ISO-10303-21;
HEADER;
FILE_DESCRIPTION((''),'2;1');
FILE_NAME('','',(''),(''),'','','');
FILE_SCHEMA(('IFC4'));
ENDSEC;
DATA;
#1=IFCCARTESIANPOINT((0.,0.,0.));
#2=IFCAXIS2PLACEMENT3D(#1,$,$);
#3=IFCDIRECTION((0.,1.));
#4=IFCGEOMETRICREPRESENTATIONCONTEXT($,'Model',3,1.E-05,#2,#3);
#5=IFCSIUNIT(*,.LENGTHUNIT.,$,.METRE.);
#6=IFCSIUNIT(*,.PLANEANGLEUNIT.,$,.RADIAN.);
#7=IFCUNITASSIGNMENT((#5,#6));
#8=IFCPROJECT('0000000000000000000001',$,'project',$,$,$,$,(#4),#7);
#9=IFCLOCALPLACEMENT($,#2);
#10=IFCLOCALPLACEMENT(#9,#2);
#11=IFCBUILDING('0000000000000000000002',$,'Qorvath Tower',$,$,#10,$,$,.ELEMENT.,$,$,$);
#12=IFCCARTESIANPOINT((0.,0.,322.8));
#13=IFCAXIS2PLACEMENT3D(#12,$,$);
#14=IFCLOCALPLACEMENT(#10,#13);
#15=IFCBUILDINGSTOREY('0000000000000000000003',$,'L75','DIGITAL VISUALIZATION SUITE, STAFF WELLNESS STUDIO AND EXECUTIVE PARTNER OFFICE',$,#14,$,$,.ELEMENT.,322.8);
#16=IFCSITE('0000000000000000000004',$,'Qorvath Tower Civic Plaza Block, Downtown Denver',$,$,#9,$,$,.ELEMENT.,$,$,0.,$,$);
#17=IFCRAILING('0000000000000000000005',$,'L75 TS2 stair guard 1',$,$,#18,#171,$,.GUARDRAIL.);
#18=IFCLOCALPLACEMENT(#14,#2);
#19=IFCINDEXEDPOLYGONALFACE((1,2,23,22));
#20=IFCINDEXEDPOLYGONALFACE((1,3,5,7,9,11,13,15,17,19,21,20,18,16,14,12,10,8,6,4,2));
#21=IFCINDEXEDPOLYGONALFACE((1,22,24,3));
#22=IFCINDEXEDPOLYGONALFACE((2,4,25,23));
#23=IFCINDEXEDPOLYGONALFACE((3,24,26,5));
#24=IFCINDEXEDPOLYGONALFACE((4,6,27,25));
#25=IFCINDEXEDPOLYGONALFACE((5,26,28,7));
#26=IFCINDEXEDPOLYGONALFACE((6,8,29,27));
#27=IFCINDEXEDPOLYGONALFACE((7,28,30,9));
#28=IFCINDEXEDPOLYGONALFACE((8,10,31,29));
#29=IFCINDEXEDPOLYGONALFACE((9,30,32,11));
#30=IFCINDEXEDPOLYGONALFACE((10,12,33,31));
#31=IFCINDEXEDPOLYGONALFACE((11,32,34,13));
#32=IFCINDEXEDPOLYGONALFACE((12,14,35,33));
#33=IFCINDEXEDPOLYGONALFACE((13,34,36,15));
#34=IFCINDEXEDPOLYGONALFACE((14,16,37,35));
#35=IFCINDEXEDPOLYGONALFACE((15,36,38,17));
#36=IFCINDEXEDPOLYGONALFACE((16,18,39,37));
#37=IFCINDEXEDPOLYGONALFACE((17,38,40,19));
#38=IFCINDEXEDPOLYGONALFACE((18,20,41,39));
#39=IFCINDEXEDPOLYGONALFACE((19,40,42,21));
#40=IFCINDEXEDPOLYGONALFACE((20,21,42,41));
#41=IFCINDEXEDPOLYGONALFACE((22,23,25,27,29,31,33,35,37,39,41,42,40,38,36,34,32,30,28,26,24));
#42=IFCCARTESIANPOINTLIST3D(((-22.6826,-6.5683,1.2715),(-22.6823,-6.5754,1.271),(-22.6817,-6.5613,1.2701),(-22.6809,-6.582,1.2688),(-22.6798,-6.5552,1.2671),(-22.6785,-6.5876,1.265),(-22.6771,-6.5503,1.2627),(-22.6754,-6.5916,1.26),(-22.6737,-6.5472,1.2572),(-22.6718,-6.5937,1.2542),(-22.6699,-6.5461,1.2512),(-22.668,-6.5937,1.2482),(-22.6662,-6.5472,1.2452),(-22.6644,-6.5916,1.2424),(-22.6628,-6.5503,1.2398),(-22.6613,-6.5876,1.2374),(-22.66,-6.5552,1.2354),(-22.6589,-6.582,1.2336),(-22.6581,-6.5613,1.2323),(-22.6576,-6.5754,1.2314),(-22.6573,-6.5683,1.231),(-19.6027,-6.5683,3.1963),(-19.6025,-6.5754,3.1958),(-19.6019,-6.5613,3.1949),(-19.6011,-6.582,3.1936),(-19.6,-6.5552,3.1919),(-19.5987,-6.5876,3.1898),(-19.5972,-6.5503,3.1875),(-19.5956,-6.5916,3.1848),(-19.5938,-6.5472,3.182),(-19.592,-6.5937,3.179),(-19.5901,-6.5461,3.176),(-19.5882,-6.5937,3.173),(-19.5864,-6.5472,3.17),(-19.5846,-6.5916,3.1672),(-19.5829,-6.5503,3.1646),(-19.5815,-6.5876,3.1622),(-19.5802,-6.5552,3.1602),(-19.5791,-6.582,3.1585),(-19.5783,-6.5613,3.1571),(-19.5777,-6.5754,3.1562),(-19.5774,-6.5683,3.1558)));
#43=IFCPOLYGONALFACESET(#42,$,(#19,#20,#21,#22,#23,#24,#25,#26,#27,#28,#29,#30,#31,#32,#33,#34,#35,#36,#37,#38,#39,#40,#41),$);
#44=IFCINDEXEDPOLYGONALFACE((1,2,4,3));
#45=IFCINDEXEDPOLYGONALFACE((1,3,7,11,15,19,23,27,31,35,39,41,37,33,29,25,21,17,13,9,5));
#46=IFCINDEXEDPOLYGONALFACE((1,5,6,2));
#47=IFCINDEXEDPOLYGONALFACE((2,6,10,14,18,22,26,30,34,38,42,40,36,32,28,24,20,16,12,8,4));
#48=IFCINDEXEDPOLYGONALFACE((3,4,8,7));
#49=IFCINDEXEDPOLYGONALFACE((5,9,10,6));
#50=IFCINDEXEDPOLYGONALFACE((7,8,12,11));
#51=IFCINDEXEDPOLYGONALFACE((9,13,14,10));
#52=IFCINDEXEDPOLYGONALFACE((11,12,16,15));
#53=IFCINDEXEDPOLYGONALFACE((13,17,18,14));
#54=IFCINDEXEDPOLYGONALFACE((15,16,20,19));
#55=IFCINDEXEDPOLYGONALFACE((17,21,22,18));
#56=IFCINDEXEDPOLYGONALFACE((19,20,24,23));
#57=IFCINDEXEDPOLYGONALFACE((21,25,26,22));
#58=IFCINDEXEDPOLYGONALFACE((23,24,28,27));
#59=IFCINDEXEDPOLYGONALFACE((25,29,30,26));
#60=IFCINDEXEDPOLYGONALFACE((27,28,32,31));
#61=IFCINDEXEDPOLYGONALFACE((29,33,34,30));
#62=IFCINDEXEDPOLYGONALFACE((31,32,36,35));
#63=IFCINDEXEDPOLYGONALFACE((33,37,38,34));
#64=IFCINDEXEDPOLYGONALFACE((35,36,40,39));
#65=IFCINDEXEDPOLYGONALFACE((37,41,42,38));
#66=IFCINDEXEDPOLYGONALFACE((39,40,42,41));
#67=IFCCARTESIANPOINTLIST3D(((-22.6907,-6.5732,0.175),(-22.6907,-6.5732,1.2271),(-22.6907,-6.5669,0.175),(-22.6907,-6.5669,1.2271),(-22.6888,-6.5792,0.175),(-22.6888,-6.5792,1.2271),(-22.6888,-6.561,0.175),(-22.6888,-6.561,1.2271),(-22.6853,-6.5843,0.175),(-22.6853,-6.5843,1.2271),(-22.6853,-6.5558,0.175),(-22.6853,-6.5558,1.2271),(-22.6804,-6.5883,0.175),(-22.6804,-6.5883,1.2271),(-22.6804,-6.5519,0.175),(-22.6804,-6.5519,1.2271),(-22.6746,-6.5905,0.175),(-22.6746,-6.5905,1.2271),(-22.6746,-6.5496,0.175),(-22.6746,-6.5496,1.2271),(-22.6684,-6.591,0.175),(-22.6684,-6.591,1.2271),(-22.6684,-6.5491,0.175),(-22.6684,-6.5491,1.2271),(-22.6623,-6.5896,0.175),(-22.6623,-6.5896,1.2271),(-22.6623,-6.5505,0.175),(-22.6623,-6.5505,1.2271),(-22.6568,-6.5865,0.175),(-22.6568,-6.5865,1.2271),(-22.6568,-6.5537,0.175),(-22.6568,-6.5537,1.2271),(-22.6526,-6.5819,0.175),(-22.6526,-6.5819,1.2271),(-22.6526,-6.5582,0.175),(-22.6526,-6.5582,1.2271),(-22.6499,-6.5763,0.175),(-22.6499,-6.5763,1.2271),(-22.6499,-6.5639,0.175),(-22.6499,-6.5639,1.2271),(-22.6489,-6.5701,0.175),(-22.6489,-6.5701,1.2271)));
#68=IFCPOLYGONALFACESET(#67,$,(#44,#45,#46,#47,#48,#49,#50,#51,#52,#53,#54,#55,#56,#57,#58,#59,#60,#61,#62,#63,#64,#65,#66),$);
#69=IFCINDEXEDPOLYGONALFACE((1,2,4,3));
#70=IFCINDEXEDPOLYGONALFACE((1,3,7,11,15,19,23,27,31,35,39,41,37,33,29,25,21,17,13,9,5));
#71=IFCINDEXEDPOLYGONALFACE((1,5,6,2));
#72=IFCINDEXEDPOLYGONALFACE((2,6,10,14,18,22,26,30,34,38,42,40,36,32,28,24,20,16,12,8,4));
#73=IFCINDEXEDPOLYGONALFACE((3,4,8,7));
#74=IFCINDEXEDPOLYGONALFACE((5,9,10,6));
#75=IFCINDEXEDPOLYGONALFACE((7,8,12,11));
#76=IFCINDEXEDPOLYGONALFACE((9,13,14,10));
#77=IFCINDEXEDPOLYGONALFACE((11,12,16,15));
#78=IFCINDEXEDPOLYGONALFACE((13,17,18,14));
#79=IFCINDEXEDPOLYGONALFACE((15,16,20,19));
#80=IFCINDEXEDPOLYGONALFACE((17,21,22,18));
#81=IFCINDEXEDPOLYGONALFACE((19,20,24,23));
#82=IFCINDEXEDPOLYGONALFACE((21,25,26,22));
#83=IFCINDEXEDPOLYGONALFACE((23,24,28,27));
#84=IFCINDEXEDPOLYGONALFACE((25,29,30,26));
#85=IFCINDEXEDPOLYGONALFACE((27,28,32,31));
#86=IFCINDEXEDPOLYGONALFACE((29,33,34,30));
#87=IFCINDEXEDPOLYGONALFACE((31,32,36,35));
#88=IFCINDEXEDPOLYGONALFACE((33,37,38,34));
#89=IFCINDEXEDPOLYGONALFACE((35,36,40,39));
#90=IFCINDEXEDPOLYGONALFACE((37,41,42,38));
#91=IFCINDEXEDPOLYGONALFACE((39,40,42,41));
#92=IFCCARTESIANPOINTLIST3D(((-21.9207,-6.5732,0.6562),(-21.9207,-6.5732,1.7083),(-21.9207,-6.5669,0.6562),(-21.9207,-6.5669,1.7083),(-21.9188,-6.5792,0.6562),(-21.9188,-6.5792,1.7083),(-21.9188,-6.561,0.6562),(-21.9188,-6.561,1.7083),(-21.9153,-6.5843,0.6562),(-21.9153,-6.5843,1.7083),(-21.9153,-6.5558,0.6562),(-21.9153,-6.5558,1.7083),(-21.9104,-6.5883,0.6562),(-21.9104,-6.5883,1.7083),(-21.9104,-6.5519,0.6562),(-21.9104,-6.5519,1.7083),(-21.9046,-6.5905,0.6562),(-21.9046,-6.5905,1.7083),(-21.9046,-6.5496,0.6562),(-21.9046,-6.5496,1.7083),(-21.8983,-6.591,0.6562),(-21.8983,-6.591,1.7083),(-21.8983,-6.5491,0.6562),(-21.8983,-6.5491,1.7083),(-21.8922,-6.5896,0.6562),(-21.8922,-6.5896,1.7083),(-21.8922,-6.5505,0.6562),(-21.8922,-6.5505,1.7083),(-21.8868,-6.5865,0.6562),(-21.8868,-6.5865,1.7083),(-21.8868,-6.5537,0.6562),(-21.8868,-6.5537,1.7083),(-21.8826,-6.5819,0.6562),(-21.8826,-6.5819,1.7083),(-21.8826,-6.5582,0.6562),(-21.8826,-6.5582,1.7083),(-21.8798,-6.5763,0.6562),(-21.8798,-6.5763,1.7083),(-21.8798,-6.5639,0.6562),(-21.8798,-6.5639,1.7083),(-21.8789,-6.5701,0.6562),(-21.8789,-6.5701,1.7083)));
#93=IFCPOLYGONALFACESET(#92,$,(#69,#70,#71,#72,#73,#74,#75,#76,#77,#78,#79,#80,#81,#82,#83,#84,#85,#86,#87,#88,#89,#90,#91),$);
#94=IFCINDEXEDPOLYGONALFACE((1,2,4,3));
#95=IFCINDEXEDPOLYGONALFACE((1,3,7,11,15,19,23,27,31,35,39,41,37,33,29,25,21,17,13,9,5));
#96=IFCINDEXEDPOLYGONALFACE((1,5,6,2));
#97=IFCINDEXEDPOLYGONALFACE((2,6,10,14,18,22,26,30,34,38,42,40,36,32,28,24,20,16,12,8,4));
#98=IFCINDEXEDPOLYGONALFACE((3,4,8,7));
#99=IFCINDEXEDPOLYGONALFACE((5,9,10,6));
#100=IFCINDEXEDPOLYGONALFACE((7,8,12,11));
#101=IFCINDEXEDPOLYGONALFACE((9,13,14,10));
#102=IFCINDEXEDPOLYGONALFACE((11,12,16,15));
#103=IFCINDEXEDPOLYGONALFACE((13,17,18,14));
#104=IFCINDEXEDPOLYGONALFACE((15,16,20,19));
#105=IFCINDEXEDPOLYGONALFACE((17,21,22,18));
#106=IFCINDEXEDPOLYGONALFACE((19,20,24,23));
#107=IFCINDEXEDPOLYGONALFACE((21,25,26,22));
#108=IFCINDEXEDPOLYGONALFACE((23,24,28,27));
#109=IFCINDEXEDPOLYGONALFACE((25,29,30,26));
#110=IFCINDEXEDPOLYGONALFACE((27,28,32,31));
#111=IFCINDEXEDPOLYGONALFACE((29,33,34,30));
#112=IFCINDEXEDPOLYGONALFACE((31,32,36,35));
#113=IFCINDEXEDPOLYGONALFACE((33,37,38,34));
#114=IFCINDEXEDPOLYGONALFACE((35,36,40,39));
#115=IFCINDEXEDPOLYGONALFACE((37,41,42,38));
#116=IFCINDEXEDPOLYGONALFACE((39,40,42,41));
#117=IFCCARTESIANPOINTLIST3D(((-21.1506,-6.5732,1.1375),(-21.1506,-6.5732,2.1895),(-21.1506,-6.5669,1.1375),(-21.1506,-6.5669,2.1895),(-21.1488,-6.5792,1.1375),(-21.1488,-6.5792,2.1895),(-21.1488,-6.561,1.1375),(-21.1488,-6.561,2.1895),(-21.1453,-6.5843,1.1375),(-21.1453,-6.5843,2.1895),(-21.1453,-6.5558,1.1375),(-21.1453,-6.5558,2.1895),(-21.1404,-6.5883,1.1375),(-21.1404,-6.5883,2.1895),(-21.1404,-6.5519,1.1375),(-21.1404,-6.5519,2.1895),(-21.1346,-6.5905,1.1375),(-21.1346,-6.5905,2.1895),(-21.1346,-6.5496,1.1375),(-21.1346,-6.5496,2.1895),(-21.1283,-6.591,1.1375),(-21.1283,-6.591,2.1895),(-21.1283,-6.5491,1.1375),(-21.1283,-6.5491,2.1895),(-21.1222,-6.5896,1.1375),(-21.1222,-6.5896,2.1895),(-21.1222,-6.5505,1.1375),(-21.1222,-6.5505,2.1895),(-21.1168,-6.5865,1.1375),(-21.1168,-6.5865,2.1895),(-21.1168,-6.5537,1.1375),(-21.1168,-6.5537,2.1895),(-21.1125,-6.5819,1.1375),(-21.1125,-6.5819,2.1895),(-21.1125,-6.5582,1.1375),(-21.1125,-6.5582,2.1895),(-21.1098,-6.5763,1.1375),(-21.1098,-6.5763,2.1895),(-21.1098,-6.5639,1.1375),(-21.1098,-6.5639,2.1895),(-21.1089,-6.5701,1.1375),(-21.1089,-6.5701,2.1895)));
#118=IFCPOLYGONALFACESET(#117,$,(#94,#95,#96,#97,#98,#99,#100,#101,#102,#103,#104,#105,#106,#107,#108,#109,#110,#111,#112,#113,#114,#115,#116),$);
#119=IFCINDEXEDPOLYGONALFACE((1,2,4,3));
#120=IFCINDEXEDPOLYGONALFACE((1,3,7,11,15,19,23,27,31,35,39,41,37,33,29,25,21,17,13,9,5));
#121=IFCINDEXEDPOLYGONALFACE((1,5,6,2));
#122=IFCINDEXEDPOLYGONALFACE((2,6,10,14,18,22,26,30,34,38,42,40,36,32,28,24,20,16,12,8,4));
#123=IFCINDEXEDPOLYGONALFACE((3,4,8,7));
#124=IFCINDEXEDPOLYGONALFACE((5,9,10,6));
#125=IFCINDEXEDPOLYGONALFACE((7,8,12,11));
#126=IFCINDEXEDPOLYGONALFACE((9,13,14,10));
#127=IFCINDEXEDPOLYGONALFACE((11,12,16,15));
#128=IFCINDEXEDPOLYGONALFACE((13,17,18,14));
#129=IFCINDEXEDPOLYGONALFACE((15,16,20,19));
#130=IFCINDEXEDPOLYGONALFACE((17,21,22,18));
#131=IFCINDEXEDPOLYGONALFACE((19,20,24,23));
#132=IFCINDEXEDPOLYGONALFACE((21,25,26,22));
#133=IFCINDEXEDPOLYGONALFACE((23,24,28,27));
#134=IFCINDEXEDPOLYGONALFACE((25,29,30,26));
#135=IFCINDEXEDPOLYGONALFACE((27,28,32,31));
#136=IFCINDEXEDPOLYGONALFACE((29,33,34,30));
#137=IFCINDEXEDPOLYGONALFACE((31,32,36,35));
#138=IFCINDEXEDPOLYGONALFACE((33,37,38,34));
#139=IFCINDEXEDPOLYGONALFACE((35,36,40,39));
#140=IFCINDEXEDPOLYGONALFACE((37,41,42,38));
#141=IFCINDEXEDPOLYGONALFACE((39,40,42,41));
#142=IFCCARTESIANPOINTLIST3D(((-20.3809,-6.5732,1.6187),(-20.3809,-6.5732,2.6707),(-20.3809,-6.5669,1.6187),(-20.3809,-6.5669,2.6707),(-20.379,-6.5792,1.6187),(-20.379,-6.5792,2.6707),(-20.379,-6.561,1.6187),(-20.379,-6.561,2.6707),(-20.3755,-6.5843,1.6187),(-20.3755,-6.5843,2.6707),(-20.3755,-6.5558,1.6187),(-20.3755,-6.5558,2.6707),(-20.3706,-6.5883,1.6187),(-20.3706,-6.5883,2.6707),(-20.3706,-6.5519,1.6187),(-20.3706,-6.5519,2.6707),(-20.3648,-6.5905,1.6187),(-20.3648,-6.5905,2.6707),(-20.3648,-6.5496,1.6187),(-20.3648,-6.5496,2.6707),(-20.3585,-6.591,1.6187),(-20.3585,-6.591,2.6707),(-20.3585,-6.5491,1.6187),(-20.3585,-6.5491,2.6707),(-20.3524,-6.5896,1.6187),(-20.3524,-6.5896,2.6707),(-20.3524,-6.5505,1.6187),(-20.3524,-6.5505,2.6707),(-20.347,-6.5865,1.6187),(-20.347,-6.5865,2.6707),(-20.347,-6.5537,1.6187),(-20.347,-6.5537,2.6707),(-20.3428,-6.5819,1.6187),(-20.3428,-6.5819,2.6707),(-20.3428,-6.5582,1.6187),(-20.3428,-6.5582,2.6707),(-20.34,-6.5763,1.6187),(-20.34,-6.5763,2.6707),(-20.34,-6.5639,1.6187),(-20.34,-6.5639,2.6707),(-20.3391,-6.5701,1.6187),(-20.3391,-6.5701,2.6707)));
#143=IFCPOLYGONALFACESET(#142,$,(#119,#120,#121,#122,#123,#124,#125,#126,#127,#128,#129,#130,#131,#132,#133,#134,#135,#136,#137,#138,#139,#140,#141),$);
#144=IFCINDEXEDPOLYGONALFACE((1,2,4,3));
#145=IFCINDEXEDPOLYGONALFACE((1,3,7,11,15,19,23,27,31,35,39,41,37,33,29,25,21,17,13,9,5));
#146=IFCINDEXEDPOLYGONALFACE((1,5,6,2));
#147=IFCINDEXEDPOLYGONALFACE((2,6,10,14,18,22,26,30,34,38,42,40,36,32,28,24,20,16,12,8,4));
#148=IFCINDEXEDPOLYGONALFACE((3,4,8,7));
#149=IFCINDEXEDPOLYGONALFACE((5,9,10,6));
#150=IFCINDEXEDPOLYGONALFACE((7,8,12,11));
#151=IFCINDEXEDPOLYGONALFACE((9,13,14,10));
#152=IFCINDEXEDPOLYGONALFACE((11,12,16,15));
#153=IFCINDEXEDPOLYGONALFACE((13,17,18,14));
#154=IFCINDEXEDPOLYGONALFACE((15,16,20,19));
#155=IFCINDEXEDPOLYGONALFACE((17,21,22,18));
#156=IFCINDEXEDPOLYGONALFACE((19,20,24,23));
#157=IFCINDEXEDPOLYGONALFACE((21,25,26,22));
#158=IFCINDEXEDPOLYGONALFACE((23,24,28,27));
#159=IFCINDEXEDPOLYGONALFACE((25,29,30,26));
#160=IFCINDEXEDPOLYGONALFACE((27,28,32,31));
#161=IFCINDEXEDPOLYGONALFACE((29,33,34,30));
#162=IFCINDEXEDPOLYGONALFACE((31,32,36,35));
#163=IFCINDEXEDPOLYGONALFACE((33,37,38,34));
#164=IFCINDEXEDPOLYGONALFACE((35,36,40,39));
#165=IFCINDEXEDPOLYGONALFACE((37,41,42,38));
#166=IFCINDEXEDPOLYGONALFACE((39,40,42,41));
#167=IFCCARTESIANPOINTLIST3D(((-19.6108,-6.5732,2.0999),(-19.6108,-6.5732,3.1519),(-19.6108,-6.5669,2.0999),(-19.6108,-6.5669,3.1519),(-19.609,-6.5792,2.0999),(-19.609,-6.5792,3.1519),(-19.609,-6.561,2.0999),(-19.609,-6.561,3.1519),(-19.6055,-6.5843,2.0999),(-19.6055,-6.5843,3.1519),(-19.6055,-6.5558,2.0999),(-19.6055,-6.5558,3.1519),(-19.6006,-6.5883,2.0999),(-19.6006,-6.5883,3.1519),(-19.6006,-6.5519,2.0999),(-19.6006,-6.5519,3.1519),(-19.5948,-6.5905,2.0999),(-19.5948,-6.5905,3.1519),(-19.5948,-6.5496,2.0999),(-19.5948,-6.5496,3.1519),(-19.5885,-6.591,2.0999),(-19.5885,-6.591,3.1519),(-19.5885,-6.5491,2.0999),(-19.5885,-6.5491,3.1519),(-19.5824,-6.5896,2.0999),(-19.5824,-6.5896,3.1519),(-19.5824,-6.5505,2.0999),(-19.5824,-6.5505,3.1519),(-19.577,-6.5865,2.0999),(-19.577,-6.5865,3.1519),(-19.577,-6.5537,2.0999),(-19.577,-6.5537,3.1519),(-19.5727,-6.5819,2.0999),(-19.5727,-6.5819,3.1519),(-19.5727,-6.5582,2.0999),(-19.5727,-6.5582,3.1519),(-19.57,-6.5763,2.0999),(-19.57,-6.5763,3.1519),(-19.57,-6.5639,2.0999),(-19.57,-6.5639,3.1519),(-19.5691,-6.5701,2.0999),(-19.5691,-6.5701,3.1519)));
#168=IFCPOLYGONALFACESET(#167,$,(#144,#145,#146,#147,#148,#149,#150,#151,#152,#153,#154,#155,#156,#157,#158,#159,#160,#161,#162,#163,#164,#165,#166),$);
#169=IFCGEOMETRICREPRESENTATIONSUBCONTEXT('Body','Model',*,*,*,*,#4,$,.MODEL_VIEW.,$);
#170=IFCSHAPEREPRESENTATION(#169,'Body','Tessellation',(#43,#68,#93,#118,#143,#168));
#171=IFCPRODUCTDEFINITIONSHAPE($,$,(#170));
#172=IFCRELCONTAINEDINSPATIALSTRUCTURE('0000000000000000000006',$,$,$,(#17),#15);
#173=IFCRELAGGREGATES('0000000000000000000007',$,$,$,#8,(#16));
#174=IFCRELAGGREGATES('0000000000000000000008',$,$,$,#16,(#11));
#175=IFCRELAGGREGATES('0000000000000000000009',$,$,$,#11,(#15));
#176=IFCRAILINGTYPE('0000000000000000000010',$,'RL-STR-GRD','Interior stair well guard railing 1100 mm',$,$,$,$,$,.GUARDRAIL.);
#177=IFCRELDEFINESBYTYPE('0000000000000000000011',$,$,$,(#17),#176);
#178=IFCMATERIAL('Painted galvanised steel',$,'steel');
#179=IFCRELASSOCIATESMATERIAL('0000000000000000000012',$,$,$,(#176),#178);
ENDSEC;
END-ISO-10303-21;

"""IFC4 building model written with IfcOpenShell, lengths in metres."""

from ifc_helpers import new_model, si_unit, direction, frame, origin, origin_2d, place, context, subcontext, project, spatial, circle, extrude, material, type_object, element, save


model = new_model("IFC4")

# Units and contexts
model_context = context("Model", 3, precision=1e-05, world=origin(), true_north=direction((0.0, 1.0)))
body_context = subcontext(model_context, "Body", "Model", "MODEL_VIEW")
ifc_project = project(units=[si_unit("LENGTHUNIT", "METRE"), si_unit("PLANEANGLEUNIT", "RADIAN")], contexts=[model_context])

# Site, building, storey
site_placement = place(None, origin())
site = spatial("IfcSite", under=ifc_project, at=site_placement, Name="Qorvath Tower Civic Plaza Block, Downtown Denver", CompositionType="ELEMENT", RefElevation=0.0)
building_placement = place(site_placement, origin())
building = spatial("IfcBuilding", under=site, at=building_placement, Name="Qorvath Tower", CompositionType="ELEMENT")
storey_placement = place(building_placement, frame((0.0, 0.0, 322.8)))
storey = spatial("IfcBuildingStorey", under=building, at=storey_placement, Name="L75", Description="DIGITAL VISUALIZATION SUITE, STAFF WELLNESS STUDIO AND EXECUTIVE PARTNER OFFICE", CompositionType="ELEMENT", Elevation=322.8)

# Railing
ifc_material_1 = material(Name="Painted galvanised steel", Category="steel")
railing_type_1 = type_object("IfcRailingType", Name="RL-STR-GRD", Description="Interior stair well guard railing 1100 mm", PredefinedType="GUARDRAIL", material=ifc_material_1)
railing_1_placement = place(storey_placement, frame((-22.6699, -6.5701, 0.175)))
element("IfcRailing", 1, at=railing_1_placement, inside=storey, type_object=railing_type_1, Name="L75 TS2 stair guard 1", PredefinedType="GUARDRAIL", context=body_context, shape_type="SweptSolid", body=[
    extrude(circle(Radius=0.0239, at=origin_2d()), frame((0.0, 0.0, 1.0762), z_axis=(0.84801, 0.0, 0.529981), x_axis=(0.0, 1.0, 0.0)), (0.0, 0.0, 1.0), 3.6318),
    extrude(circle(Radius=0.021, at=origin_2d()), origin(), (0.0, 0.0, 1.0), 1.052),
    extrude(circle(Radius=0.021, at=origin_2d()), frame((0.77, 0.0, 0.4812)), (0.0, 0.0, 1.0), 1.052),
    extrude(circle(Radius=0.021, at=origin_2d()), frame((1.54, 0.0, 0.9624)), (0.0, 0.0, 1.0), 1.052),
    extrude(circle(Radius=0.021, at=origin_2d()), frame((2.3098, 0.0, 1.4436)), (0.0, 0.0, 1.0), 1.052),
    extrude(circle(Radius=0.021, at=origin_2d()), frame((3.0798, 0.0, 1.9248)), (0.0, 0.0, 1.0), 1.052),
])

save(model, "model.ifc")
